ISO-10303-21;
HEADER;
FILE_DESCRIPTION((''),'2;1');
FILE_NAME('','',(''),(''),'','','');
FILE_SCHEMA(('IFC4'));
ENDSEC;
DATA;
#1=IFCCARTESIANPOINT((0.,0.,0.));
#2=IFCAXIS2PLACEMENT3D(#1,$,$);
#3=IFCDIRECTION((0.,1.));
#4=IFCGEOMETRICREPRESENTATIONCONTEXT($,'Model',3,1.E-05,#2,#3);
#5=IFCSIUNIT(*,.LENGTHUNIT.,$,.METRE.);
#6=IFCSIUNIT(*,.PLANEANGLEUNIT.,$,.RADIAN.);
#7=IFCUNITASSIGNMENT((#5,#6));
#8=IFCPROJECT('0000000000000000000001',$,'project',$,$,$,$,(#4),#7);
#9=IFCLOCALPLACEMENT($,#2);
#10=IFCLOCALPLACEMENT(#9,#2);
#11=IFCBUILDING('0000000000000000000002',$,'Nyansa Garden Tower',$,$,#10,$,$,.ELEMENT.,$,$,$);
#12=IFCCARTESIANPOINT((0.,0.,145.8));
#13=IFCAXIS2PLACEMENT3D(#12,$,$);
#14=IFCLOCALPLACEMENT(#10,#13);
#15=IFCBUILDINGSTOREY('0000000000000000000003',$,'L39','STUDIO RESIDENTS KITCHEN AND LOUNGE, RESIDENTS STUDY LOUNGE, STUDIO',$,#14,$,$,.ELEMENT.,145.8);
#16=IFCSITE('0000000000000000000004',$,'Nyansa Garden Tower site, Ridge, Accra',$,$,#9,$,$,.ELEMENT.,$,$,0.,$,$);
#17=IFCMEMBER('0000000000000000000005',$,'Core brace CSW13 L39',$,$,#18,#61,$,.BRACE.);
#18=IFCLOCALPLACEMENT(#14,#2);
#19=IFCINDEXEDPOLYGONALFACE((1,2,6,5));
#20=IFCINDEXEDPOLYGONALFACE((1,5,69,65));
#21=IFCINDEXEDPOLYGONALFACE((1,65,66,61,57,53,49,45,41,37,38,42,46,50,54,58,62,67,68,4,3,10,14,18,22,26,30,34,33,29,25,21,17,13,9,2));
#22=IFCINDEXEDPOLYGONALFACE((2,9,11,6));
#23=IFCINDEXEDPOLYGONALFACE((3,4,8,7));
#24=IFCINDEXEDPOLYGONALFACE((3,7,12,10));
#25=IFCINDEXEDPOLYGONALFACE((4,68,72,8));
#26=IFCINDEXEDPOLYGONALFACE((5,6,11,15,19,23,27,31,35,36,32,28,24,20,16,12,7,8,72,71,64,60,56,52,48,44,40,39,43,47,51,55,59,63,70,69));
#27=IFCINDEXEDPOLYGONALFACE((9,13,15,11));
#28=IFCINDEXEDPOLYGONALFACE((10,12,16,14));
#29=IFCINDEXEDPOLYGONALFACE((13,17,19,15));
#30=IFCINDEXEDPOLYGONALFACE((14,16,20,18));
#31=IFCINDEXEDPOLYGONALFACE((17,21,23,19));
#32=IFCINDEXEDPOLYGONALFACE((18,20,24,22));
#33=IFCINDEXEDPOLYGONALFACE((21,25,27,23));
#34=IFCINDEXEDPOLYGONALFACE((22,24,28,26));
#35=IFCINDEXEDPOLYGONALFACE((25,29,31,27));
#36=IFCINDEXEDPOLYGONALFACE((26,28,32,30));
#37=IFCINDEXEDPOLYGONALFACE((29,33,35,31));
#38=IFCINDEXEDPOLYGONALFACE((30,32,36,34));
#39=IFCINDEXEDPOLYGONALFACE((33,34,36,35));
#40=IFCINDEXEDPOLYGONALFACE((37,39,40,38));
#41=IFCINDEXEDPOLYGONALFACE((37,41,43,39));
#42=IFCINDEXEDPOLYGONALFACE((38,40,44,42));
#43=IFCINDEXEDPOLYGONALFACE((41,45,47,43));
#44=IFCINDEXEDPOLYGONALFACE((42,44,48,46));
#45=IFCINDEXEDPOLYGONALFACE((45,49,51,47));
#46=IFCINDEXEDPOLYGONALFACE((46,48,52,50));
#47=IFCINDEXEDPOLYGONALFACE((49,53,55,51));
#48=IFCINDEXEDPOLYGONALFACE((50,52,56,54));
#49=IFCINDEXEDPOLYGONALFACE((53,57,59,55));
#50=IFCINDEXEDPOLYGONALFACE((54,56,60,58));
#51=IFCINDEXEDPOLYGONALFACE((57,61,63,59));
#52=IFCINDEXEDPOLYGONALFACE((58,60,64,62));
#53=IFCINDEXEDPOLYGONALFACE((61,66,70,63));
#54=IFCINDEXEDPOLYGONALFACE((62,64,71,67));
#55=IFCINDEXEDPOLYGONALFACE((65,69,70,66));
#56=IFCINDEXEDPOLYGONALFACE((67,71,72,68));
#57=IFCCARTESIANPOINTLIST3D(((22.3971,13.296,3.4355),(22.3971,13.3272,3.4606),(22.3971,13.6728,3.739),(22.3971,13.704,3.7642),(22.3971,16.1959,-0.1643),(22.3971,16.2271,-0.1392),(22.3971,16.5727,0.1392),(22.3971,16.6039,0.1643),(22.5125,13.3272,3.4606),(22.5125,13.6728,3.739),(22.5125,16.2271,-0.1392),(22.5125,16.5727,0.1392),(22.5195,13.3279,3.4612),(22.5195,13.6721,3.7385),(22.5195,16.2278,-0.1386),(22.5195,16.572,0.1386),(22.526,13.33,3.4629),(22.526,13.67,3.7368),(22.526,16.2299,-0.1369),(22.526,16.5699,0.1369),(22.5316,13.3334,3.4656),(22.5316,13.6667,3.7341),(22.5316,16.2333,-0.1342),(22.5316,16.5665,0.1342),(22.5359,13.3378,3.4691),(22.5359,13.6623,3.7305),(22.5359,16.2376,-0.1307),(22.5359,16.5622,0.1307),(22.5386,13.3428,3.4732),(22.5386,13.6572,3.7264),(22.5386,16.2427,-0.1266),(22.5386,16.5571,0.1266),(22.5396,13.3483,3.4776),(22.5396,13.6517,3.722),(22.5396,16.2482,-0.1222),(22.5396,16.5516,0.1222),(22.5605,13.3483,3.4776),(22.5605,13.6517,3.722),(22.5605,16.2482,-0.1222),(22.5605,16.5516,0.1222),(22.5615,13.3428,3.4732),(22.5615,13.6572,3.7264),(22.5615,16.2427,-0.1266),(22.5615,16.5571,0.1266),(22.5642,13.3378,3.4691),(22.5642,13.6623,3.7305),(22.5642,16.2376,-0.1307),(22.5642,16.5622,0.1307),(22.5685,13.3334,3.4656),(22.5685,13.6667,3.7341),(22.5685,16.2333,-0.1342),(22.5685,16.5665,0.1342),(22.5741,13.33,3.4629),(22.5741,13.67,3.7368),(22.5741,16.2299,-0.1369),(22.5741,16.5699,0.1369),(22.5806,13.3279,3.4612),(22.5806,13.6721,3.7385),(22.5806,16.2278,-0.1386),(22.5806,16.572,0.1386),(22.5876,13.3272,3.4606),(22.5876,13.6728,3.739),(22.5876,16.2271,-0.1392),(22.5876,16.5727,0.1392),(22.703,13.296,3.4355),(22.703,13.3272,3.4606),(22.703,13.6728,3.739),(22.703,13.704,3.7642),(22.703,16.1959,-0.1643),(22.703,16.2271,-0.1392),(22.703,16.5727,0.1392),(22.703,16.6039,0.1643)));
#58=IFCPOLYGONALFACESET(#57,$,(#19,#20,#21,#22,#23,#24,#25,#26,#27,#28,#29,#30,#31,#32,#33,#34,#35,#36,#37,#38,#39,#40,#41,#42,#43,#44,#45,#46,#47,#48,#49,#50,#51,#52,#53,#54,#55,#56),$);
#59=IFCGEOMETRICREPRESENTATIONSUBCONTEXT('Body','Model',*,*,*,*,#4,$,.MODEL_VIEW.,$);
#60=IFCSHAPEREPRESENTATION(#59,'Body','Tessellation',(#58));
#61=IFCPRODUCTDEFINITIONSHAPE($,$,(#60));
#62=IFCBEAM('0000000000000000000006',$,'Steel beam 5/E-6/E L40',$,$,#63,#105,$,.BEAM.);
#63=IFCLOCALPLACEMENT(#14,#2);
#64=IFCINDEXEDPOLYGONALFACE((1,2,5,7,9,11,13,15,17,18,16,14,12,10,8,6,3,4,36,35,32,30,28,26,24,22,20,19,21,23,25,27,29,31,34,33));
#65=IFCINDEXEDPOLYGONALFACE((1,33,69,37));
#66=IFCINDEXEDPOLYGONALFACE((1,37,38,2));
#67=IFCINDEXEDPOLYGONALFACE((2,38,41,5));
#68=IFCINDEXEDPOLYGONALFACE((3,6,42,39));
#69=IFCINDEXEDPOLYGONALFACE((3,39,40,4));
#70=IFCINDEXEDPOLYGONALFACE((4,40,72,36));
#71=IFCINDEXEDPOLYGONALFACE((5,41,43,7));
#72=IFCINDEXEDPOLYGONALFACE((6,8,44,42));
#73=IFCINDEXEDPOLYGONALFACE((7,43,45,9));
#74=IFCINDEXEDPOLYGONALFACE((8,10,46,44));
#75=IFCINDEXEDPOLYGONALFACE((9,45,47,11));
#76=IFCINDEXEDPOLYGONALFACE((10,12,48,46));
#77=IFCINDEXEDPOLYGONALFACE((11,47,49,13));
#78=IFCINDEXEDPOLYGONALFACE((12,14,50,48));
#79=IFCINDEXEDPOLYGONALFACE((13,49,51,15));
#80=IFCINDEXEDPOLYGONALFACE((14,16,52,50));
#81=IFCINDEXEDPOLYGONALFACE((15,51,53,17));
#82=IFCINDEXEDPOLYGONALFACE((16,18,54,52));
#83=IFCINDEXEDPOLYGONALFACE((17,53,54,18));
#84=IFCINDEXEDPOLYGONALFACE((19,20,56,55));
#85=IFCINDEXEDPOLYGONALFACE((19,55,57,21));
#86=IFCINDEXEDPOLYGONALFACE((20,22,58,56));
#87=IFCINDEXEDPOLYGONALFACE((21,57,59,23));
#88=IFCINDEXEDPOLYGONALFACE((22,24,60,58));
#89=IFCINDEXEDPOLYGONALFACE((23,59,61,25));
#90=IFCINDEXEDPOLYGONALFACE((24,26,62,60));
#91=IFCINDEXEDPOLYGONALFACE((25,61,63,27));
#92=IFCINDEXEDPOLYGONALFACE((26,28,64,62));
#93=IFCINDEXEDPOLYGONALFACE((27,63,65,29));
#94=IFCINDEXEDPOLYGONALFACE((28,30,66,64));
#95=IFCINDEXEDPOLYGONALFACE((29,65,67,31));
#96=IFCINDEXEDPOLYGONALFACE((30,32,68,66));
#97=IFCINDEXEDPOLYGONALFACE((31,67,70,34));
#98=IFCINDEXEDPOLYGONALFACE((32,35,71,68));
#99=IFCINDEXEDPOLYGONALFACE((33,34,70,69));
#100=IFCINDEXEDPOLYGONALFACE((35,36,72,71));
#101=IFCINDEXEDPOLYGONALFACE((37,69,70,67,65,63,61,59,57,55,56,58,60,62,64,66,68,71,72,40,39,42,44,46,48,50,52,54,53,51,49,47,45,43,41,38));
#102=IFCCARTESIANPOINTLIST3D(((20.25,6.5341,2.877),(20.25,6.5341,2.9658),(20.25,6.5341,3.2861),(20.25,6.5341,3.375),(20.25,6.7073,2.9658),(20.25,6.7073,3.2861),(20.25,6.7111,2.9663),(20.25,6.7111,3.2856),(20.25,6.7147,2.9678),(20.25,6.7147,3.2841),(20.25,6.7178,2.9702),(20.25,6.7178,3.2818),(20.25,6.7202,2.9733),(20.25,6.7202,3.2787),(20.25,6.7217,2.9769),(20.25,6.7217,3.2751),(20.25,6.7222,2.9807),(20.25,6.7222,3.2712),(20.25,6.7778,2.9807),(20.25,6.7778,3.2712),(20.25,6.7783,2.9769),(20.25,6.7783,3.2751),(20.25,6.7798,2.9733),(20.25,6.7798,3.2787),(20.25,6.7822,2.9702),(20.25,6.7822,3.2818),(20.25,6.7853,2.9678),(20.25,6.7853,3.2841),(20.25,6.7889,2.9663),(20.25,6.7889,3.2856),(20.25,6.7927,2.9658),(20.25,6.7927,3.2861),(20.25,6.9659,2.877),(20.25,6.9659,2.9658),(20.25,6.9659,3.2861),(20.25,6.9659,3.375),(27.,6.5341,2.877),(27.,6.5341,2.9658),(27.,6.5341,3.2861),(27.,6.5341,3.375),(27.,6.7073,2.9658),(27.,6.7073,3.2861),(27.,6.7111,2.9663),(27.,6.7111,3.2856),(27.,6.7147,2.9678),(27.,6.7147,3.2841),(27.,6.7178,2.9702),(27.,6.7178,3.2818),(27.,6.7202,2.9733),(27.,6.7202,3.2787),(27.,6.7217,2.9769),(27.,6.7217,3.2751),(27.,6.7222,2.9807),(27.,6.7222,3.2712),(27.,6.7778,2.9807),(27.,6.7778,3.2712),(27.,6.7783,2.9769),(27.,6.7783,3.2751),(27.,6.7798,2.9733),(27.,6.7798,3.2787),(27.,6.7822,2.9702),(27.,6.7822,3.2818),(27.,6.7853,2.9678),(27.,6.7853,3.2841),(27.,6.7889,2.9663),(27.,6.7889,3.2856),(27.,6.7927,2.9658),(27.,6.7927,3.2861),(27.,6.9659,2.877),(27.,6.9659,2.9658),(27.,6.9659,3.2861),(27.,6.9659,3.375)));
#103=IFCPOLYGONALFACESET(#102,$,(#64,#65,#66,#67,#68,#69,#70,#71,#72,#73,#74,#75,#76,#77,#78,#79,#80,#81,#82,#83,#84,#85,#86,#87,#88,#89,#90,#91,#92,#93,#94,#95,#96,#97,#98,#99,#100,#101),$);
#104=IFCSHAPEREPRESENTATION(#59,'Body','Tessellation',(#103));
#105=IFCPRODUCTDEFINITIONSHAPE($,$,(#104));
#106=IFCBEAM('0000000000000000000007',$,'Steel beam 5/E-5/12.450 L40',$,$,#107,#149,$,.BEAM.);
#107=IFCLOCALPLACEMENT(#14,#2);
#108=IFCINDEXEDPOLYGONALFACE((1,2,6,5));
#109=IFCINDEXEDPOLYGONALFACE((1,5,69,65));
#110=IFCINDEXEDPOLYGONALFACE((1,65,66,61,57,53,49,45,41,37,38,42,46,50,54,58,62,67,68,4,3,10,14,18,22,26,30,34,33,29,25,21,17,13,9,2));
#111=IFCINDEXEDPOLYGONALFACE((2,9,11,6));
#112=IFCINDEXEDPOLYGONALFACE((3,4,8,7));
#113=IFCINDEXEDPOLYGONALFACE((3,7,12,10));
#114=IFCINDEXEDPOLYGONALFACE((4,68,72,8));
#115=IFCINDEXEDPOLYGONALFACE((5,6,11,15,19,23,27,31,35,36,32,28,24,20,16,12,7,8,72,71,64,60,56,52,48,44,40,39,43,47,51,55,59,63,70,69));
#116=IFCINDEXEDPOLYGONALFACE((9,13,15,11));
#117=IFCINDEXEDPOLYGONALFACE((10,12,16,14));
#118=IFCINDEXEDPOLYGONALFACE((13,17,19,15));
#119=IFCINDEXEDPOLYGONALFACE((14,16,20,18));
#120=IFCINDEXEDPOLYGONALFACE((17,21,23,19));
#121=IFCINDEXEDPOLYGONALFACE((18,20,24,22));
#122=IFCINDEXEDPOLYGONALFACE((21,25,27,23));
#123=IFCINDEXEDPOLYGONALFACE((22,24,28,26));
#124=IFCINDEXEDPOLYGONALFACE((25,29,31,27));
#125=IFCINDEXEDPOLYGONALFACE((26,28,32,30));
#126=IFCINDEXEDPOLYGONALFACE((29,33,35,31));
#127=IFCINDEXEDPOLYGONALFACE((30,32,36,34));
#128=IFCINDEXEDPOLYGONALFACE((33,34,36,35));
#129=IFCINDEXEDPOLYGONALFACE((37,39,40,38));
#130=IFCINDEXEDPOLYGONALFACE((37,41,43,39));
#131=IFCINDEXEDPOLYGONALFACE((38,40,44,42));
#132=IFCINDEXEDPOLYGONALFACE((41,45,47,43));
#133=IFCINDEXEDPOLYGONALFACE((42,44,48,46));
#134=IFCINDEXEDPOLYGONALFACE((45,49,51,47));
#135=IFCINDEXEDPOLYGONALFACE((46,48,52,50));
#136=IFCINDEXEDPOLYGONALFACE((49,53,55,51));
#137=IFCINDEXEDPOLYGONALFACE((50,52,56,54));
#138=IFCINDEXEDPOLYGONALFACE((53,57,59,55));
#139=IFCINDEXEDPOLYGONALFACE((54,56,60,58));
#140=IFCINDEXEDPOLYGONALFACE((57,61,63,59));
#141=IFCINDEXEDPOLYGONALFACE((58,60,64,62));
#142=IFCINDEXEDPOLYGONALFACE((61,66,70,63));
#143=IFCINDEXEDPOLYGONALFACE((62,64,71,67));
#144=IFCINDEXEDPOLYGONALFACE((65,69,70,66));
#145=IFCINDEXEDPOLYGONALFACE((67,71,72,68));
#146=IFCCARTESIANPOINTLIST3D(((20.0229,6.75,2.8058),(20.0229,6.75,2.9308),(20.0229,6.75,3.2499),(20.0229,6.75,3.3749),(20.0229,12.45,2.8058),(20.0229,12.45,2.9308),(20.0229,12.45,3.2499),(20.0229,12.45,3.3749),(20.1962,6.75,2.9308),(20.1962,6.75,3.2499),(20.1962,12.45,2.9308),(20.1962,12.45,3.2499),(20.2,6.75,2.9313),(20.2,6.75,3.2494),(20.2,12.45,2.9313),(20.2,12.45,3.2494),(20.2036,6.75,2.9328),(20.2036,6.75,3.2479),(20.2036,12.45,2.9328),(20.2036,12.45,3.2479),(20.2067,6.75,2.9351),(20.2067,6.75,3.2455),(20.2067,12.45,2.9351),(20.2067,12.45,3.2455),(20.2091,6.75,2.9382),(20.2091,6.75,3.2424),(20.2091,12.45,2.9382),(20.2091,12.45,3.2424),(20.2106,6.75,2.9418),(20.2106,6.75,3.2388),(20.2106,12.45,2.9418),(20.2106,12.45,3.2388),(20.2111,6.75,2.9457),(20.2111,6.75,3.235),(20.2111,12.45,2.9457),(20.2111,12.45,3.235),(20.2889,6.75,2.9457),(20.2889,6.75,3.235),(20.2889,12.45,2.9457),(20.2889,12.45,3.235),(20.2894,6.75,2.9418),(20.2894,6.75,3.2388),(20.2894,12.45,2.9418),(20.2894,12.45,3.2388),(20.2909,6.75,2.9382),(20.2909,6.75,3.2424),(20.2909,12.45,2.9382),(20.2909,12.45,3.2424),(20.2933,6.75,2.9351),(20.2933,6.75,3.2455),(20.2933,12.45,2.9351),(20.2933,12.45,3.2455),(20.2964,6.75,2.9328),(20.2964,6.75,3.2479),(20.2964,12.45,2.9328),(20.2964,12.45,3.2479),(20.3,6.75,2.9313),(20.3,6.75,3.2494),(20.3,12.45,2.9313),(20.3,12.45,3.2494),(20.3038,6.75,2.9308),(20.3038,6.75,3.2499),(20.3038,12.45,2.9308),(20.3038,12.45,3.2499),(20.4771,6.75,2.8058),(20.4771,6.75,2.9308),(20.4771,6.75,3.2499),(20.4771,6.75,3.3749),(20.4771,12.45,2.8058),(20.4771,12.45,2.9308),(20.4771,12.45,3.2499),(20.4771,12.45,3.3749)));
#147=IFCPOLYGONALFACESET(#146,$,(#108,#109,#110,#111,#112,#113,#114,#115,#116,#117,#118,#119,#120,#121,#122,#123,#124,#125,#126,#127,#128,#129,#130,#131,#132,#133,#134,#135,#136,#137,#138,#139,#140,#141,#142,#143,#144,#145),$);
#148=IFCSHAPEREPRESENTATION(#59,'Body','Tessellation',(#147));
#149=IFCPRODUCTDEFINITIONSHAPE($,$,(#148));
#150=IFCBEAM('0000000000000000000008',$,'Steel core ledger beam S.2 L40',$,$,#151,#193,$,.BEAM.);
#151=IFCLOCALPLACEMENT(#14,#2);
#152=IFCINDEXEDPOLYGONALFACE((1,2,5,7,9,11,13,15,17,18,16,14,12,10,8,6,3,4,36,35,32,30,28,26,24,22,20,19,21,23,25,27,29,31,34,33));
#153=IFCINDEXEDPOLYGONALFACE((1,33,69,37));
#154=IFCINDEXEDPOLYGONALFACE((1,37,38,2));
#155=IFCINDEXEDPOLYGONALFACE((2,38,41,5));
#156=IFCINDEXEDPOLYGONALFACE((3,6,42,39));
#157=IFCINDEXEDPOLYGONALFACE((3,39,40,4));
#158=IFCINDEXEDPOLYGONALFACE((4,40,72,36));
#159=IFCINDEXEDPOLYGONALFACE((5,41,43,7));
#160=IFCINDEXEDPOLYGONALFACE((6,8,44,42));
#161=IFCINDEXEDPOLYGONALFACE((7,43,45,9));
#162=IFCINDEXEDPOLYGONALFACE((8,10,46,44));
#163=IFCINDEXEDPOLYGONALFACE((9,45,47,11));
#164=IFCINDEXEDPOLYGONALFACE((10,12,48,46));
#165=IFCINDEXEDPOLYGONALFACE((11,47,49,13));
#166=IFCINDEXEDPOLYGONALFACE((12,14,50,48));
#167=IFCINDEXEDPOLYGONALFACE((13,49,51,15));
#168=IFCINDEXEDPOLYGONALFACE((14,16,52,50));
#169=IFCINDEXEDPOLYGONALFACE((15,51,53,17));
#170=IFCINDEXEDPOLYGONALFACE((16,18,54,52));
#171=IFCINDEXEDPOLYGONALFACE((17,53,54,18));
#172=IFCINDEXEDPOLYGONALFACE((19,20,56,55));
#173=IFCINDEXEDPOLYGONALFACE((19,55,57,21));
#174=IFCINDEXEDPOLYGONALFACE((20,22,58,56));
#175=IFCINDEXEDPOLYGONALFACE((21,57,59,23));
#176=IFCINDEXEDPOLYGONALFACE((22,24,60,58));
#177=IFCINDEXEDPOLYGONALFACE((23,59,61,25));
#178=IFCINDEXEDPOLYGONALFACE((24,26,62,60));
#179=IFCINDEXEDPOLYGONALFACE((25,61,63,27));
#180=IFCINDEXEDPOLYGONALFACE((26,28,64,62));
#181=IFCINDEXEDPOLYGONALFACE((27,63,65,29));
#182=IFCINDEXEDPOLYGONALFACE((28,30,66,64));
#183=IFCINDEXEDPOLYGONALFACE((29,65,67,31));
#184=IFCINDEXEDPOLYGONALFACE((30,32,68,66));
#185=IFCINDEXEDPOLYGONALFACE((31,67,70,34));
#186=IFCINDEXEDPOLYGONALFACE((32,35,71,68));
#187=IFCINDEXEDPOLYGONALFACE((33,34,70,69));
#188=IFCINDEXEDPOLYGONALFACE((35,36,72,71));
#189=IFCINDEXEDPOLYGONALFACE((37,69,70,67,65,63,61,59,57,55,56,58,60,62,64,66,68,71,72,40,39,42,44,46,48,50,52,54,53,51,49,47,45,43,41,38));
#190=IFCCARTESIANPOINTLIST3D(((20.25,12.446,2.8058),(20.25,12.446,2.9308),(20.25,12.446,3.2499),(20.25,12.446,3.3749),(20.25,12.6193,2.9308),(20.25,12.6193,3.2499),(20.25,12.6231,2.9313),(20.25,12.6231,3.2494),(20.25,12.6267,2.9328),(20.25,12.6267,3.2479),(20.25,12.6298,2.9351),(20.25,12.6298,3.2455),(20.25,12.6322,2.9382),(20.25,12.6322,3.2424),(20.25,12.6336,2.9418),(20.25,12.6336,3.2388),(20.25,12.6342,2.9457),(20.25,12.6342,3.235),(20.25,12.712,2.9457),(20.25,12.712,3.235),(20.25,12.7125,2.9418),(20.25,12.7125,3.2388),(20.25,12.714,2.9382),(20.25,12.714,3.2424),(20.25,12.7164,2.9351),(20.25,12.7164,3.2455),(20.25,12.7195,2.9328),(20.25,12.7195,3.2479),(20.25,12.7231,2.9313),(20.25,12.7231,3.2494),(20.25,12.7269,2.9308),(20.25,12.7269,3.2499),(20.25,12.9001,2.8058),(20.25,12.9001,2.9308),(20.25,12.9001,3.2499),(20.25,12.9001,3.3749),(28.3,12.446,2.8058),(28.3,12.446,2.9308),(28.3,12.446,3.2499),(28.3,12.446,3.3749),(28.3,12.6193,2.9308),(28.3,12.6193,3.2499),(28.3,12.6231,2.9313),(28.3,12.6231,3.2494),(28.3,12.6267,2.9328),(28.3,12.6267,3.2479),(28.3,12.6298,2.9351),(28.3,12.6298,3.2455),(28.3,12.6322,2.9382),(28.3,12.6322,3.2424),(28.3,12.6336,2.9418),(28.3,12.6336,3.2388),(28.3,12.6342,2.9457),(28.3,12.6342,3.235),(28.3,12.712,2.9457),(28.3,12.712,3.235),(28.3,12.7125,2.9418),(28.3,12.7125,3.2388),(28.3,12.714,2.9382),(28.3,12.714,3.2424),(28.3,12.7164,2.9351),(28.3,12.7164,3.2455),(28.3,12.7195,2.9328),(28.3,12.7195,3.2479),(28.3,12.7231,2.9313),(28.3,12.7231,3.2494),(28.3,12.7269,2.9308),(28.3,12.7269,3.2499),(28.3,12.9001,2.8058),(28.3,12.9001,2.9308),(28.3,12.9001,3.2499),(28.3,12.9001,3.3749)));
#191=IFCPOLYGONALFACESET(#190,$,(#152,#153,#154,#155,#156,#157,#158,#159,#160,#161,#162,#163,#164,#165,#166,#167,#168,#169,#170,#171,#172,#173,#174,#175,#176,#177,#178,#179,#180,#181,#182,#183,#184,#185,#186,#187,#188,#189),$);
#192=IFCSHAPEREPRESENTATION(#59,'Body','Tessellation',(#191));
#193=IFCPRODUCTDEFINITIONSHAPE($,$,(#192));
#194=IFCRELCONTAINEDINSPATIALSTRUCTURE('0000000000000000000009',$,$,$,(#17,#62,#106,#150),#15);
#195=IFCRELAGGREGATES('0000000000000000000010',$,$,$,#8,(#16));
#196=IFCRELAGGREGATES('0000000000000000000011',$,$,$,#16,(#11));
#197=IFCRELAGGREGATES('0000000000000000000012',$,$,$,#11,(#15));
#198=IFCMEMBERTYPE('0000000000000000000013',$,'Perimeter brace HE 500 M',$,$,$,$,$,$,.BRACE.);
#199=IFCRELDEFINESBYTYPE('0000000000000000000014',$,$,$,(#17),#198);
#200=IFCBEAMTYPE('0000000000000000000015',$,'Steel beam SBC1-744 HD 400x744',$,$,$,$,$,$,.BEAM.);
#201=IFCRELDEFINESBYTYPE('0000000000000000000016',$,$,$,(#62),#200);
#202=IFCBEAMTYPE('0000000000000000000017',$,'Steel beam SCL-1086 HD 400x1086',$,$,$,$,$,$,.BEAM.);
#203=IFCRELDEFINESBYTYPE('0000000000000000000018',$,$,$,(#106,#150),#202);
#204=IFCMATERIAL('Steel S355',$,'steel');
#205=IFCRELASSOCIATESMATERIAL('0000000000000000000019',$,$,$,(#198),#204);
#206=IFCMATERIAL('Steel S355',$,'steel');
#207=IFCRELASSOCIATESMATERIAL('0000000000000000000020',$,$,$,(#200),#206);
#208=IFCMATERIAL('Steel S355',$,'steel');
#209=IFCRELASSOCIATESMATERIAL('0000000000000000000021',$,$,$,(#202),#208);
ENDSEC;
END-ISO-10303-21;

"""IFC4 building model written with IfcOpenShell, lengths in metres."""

from ifc_helpers import new_model, si_unit, direction, frame, origin, origin_2d, place, context, subcontext, project, spatial, i_section, extrude, material, material_profile, profile_set, type_object, element, save


model = new_model("IFC4")

# Units and contexts
model_context = context("Model", 3, precision=1e-05, world=origin(), true_north=direction((0.0, 1.0)))
body_context = subcontext(model_context, "Body", "Model", "MODEL_VIEW")
ifc_project = project(units=[si_unit("LENGTHUNIT", "METRE"), si_unit("PLANEANGLEUNIT", "RADIAN")], contexts=[model_context])

# Site, building, storey
site_placement = place(None, origin())
site = spatial("IfcSite", under=ifc_project, at=site_placement, Name="Nyansa Garden Tower site, Ridge, Accra", CompositionType="ELEMENT", RefElevation=0.0)
building_placement = place(site_placement, origin())
building = spatial("IfcBuilding", under=site, at=building_placement, Name="Nyansa Garden Tower", CompositionType="ELEMENT")
storey_placement = place(building_placement, frame((0.0, 0.0, 145.8)))
storey = spatial("IfcBuildingStorey", under=building, at=storey_placement, Name="L39", Description="STUDIO RESIDENTS KITCHEN AND LOUNGE, RESIDENTS STUDY LOUNGE, STUDIO", CompositionType="ELEMENT", Elevation=145.8)

# Member
ifc_material_1 = material(Name="Steel S355", Category="steel")
ifc_material_profile_1 = material_profile(ifc_material_1, i_section(OverallWidth=0.3059, OverallDepth=0.5239, WebThickness=0.021, FlangeThickness=0.04, FilletRadius=0.0271, at=origin_2d()), Name="HE 500 M")
ifc_profile_set_1 = profile_set([ifc_material_profile_1], Name="Steel S355")
member_type = type_object("IfcMemberType", Name="Perimeter brace HE 500 M", PredefinedType="BRACE", material=ifc_profile_set_1)
for number, where, z_axis, x_axis, name in (
    (1, (22.55, 16.3999, 0.0), (0.0, -0.627332, 0.778752), (1.0, 0.0, 0.0), "Core brace CSW13 L39"),
):
    element("IfcMember", number, at=place(storey_placement, frame(where, z_axis=z_axis, x_axis=x_axis)), inside=storey, type_object=member_type, Name=name, PredefinedType="BRACE", context=body_context, shape_type="SweptSolid", body=[
        extrude(i_section(OverallWidth=0.3059, OverallDepth=0.5239, WebThickness=0.021, FlangeThickness=0.04, FilletRadius=0.0271, at=origin_2d()), origin(), (0.0, 0.0, 1.0), 4.6226),
    ])

# Beams
ifc_material_2 = material(Name="Steel S355", Category="steel")
ifc_material_profile_2 = material_profile(ifc_material_2, i_section(OverallWidth=0.4319, OverallDepth=0.498, WebThickness=0.0557, FlangeThickness=0.0889, FilletRadius=0.0149, at=origin_2d()), Name="HD 400x744")
ifc_profile_set_2 = profile_set([ifc_material_profile_2], Name="Steel S355")
beam_type_1 = type_object("IfcBeamType", Name="Steel beam SBC1-744 HD 400x744", PredefinedType="BEAM", material=ifc_profile_set_2)
beam_1_placement = place(storey_placement, frame((20.25, 6.75, 3.126), z_axis=(1.0, 0.0, 0.0), x_axis=(0.0, 1.0, 0.0)))
element("IfcBeam", 2, at=beam_1_placement, inside=storey, type_object=beam_type_1, Name="Steel beam 5/E-6/E L40", PredefinedType="BEAM", context=body_context, shape_type="SweptSolid", body=[
    extrude(i_section(OverallWidth=0.4319, OverallDepth=0.498, WebThickness=0.0557, FlangeThickness=0.0889, FilletRadius=0.0149, at=origin_2d()), origin(), (0.0, 0.0, 1.0), 6.75),
])
ifc_material_3 = material(Name="Steel S355", Category="steel")
ifc_material_profile_3 = material_profile(ifc_material_3, i_section(OverallWidth=0.4541, OverallDepth=0.5691, WebThickness=0.0779, FlangeThickness=0.125, FilletRadius=0.0149, at=origin_2d()), Name="HD 400x1086")
ifc_profile_set_3 = profile_set([ifc_material_profile_3], Name="Steel S355")
beam_type_2 = type_object("IfcBeamType", Name="Steel beam SCL-1086 HD 400x1086", PredefinedType="BEAM", material=ifc_profile_set_3)
beam_2_placement = place(storey_placement, frame((20.25, 6.75, 3.0903), z_axis=(0.0, 1.0, 0.0), x_axis=(-1.0, 0.0, 0.0)))
element("IfcBeam", 3, at=beam_2_placement, inside=storey, type_object=beam_type_2, Name="Steel beam 5/E-5/12.450 L40", PredefinedType="BEAM", context=body_context, shape_type="SweptSolid", body=[
    extrude(i_section(OverallWidth=0.4541, OverallDepth=0.5691, WebThickness=0.0779, FlangeThickness=0.125, FilletRadius=0.0149, at=origin_2d()), origin(), (0.0, 0.0, 1.0), 5.7),
])
beam_3_placement = place(storey_placement, frame((20.25, 12.6731, 3.0903), z_axis=(1.0, 0.0, 0.0), x_axis=(0.0, 1.0, 0.0)))
element("IfcBeam", 4, at=beam_3_placement, inside=storey, type_object=beam_type_2, Name="Steel core ledger beam S.2 L40", PredefinedType="BEAM", context=body_context, shape_type="SweptSolid", body=[
    extrude(i_section(OverallWidth=0.4541, OverallDepth=0.5691, WebThickness=0.0779, FlangeThickness=0.125, FilletRadius=0.0149, at=origin_2d()), origin(), (0.0, 0.0, 1.0), 8.05),
])

save(model, "model.ifc")
